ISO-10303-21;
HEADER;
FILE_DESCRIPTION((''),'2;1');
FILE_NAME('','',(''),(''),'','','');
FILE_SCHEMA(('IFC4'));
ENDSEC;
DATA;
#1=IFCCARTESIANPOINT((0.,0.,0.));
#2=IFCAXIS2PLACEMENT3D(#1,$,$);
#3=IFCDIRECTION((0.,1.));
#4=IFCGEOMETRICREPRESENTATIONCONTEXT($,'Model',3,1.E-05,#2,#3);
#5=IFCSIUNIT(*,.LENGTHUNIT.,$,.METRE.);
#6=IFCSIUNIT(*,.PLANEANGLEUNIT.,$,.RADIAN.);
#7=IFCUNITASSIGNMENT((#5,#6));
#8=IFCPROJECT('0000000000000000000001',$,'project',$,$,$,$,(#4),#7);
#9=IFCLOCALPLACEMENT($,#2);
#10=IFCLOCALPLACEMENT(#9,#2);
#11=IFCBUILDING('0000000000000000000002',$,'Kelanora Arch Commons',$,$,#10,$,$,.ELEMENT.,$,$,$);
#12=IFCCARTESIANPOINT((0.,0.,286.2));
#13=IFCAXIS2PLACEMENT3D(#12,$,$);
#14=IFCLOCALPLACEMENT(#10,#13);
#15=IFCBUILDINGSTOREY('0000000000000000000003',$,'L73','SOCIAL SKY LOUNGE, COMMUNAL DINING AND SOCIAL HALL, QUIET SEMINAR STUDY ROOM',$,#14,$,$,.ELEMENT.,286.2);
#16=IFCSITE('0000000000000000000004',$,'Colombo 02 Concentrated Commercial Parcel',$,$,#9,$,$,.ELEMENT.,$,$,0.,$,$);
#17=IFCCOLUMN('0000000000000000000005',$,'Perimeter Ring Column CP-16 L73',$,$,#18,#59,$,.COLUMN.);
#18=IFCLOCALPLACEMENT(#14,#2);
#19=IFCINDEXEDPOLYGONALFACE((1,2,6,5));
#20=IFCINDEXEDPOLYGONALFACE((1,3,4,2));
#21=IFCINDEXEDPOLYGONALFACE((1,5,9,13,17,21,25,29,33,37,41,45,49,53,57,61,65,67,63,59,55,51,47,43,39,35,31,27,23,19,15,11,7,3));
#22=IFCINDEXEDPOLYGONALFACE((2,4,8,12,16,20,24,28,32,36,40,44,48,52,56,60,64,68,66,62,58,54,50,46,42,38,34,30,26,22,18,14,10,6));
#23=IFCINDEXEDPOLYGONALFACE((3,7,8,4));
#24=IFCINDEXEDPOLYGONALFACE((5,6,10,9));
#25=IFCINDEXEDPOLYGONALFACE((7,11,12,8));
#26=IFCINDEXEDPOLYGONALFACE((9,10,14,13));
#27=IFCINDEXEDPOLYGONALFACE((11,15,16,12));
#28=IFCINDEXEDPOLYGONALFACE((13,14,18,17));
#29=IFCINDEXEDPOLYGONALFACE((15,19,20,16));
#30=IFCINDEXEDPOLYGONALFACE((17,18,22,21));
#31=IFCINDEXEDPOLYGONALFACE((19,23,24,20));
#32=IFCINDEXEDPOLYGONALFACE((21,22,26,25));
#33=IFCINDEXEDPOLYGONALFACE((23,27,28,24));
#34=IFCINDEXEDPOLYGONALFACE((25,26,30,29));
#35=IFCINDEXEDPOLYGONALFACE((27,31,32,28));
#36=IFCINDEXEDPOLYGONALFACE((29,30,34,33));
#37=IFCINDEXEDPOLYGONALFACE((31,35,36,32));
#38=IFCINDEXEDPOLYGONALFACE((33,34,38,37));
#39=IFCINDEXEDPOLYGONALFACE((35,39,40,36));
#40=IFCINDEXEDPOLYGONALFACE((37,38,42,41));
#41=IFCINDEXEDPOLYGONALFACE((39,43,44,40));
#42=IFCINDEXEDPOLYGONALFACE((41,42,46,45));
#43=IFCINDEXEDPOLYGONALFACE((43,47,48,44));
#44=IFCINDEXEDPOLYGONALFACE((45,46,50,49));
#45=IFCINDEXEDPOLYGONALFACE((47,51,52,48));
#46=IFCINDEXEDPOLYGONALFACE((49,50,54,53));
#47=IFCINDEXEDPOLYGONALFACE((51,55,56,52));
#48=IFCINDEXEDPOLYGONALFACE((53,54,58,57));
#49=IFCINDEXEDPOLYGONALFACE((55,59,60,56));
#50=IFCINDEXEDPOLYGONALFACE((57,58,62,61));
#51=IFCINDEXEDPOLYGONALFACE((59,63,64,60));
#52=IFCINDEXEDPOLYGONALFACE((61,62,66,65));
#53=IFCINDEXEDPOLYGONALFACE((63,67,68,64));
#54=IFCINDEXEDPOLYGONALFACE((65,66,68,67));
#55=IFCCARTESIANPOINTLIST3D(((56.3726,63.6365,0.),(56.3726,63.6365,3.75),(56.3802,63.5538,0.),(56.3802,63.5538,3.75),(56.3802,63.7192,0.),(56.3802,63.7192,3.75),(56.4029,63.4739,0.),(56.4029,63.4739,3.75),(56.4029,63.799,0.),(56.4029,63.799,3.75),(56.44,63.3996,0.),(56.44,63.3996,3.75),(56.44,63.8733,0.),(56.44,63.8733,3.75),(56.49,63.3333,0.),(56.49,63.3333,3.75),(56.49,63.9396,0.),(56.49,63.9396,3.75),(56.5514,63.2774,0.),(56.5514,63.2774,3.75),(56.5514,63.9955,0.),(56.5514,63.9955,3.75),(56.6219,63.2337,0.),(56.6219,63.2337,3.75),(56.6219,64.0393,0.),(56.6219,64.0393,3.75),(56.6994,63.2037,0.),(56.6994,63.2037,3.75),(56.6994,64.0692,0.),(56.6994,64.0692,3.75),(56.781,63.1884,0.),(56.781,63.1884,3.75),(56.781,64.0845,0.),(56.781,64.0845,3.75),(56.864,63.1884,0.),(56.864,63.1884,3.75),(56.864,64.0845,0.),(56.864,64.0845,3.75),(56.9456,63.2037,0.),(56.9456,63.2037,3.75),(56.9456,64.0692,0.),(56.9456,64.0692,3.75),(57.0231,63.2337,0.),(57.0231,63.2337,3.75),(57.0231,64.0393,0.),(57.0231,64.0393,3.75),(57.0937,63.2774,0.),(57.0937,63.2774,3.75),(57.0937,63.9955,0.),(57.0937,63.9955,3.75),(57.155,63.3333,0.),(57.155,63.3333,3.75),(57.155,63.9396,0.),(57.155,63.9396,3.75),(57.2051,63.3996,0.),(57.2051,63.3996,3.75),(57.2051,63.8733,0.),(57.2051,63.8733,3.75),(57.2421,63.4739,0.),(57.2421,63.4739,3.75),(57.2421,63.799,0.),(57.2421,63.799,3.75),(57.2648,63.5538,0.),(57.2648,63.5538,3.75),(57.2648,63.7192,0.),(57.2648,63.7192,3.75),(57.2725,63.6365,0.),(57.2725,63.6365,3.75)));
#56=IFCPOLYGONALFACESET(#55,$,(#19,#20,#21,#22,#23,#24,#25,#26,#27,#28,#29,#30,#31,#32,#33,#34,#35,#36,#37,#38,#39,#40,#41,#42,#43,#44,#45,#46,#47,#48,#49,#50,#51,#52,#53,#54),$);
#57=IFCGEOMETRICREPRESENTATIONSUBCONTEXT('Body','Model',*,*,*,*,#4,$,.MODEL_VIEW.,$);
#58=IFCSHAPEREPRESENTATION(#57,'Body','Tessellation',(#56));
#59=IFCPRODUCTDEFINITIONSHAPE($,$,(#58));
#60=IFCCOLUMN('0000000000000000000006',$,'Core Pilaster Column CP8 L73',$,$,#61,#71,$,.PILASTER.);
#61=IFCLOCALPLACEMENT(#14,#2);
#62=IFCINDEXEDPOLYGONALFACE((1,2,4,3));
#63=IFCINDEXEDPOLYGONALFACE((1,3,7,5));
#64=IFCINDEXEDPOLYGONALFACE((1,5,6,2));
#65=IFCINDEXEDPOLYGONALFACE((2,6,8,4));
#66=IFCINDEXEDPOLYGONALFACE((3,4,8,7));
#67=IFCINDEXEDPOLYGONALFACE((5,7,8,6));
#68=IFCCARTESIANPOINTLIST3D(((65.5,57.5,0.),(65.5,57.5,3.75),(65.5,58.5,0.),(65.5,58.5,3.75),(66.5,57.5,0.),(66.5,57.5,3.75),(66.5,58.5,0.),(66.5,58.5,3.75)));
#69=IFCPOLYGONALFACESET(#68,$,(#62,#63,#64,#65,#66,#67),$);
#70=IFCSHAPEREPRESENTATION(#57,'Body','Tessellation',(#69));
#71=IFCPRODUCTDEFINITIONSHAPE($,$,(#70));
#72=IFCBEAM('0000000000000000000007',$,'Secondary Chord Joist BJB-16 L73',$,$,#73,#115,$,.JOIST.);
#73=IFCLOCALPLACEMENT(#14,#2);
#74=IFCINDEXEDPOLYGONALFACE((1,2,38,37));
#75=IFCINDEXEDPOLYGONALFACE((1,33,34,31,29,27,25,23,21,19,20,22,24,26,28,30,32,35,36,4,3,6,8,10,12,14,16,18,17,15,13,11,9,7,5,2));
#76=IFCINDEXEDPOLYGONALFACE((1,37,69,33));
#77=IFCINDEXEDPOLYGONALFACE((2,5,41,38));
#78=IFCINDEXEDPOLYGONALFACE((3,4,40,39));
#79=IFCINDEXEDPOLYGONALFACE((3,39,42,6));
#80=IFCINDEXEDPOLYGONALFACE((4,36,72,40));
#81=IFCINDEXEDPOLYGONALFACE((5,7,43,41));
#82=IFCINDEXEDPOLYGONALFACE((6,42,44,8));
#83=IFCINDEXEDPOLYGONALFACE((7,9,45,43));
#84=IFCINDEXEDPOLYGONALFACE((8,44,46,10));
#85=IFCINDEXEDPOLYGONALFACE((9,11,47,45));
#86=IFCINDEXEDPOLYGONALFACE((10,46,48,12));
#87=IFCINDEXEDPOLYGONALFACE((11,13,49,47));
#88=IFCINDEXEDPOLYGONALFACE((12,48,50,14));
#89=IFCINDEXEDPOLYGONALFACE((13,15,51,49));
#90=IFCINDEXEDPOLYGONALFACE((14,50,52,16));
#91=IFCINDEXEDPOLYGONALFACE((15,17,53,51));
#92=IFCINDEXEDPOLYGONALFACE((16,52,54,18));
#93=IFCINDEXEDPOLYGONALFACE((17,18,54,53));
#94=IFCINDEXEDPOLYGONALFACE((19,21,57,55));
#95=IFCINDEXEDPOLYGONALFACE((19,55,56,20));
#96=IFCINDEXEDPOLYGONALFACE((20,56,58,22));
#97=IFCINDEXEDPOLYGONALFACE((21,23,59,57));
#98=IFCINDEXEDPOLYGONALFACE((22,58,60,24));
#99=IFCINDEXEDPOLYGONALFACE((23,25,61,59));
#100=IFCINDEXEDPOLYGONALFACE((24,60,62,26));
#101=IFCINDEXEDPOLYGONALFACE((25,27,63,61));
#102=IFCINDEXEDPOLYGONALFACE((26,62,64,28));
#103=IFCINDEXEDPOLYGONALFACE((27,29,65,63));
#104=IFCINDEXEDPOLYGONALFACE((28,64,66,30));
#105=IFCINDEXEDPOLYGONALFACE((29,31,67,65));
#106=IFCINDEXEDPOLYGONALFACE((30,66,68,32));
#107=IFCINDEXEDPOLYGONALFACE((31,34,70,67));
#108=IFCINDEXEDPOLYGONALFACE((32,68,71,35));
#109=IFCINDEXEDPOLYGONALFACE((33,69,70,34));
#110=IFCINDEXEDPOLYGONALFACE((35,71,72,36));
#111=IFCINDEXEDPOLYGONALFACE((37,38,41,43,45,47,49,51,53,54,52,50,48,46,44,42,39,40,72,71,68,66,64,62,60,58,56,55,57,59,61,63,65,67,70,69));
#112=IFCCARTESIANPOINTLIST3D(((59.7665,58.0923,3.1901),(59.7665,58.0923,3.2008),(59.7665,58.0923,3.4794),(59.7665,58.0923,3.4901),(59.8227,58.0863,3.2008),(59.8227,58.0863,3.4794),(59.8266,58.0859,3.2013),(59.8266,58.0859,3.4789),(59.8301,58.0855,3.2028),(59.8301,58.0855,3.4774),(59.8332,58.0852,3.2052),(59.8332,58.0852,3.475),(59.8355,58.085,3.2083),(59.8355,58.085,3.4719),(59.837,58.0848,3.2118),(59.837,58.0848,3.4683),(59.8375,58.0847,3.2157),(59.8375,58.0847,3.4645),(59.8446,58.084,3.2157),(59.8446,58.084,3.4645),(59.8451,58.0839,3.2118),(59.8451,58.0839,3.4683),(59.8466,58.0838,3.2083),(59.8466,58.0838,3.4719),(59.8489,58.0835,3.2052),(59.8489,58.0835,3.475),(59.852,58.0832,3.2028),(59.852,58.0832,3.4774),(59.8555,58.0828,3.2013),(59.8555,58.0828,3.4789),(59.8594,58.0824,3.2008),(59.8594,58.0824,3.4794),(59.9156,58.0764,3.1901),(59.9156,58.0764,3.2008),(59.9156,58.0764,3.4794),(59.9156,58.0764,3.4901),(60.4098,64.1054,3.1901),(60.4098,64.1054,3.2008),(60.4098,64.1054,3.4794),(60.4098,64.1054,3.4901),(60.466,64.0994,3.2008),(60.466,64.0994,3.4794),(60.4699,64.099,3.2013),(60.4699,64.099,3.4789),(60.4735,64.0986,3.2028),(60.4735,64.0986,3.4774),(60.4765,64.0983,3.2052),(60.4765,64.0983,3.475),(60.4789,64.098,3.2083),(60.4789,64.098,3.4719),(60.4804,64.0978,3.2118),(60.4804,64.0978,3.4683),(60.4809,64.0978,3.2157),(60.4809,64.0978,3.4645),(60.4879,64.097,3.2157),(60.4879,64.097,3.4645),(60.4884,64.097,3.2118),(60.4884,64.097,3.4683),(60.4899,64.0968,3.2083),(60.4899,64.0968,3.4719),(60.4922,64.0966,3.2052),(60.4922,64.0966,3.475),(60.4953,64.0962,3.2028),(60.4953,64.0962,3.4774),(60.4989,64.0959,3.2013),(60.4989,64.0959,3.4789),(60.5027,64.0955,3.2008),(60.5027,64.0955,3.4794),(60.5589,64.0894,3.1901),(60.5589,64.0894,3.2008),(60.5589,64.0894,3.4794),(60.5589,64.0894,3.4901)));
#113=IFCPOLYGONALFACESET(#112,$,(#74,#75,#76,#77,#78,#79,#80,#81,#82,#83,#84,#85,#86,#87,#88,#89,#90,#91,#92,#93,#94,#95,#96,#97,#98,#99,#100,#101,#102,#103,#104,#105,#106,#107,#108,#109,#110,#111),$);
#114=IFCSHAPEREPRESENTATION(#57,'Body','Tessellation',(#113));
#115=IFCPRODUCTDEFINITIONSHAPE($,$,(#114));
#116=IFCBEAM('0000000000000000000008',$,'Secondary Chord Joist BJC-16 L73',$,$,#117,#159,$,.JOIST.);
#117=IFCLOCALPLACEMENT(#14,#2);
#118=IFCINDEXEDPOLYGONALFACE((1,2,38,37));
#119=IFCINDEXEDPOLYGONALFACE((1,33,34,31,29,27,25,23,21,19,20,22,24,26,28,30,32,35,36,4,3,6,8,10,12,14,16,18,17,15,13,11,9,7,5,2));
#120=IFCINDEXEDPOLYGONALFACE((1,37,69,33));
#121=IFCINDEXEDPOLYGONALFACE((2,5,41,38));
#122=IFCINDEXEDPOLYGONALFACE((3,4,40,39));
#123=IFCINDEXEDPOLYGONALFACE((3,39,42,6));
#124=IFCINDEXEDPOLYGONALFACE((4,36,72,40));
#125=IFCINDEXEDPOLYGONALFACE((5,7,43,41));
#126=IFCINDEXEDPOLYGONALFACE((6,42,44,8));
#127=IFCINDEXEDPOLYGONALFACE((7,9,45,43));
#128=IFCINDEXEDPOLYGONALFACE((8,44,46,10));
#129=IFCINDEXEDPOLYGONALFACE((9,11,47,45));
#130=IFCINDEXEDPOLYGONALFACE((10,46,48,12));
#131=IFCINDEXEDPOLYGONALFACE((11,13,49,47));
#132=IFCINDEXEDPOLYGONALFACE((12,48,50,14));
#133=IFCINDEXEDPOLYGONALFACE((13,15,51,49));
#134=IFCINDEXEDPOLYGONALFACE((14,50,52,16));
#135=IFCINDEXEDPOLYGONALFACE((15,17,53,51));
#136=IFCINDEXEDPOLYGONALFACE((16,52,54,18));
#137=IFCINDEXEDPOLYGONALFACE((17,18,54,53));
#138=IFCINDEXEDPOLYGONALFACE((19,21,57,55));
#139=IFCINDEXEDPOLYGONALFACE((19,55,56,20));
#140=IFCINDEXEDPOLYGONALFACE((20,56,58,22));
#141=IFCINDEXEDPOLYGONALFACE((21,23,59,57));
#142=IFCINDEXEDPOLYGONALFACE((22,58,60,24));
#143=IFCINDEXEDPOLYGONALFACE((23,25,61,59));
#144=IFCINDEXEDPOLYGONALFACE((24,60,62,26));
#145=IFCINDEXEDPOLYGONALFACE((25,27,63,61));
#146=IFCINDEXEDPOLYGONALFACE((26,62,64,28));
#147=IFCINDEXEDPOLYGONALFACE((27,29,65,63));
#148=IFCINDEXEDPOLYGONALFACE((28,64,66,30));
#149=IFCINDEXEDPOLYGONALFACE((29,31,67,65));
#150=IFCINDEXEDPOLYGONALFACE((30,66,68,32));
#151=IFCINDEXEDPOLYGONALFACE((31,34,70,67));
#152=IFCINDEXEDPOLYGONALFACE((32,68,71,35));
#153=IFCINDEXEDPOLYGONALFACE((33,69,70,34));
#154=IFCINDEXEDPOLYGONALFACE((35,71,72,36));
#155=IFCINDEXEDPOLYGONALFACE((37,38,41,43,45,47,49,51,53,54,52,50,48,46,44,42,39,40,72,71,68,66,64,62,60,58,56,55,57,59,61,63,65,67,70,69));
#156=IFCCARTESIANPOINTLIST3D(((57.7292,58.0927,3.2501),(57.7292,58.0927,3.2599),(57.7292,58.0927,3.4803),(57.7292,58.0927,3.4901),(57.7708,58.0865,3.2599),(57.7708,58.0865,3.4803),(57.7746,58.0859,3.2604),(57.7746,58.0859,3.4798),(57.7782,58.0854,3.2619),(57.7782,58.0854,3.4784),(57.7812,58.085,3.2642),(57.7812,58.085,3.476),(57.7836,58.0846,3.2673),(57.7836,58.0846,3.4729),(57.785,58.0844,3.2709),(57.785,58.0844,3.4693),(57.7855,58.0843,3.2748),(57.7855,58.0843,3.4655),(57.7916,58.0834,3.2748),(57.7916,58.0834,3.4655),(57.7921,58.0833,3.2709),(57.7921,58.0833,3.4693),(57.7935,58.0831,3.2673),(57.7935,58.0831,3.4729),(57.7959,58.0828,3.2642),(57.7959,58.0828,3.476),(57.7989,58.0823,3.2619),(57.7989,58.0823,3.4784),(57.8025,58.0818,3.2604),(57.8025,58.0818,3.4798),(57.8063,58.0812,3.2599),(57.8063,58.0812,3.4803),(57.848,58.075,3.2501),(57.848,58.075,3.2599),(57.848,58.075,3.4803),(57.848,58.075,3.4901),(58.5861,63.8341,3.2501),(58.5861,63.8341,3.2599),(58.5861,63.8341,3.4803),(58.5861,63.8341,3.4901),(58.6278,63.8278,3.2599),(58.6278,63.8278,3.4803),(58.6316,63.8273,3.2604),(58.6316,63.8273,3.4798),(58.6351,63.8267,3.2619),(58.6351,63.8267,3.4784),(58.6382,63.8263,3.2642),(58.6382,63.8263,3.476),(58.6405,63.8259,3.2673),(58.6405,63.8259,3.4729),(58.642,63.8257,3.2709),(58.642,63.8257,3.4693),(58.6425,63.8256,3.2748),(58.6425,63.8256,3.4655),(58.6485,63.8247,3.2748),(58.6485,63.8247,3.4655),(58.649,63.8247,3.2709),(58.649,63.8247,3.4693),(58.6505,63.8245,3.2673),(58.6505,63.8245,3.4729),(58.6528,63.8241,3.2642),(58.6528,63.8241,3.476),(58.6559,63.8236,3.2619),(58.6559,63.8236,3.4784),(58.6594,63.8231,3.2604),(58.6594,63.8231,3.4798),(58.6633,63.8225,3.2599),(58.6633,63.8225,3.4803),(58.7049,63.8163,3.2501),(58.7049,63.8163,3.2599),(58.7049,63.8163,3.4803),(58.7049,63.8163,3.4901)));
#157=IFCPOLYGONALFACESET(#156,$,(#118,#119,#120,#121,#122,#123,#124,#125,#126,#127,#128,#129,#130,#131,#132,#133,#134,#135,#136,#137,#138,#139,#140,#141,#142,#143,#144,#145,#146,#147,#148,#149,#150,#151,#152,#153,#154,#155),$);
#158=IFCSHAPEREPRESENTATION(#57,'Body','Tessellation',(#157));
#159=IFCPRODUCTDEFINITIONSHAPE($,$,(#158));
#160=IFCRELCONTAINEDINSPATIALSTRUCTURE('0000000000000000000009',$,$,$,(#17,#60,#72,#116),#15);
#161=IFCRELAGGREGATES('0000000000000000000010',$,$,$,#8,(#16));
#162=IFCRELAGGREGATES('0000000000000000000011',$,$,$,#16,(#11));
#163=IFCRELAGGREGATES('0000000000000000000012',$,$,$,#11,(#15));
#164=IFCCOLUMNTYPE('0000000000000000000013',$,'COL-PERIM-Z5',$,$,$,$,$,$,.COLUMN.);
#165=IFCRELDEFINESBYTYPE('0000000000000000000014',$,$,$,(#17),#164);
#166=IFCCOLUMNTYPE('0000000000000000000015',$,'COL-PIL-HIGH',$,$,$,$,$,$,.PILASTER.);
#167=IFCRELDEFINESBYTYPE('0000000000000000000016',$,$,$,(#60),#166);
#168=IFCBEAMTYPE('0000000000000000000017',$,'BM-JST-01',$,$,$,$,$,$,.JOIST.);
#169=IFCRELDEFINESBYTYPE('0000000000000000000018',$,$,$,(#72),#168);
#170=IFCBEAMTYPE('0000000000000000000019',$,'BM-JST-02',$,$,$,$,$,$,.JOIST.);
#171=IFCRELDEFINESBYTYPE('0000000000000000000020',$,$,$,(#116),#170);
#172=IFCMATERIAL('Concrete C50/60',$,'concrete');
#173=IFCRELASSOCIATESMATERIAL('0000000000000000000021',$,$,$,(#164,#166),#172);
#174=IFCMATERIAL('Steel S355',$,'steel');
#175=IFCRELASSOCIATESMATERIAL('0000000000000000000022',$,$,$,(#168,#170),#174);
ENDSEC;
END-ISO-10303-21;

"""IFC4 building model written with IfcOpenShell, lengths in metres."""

from ifc_helpers import new_model, si_unit, direction, frame, origin, origin_2d, place, context, subcontext, project, spatial, rectangle, circle, i_section, extrude, material, material_profile, profile_set, type_object, element, save


model = new_model("IFC4")

# Units and contexts
model_context = context("Model", 3, precision=1e-05, world=origin(), true_north=direction((0.0, 1.0)))
body_context = subcontext(model_context, "Body", "Model", "MODEL_VIEW")
ifc_project = project(units=[si_unit("LENGTHUNIT", "METRE"), si_unit("PLANEANGLEUNIT", "RADIAN")], contexts=[model_context])

# Site, building, storey
site_placement = place(None, origin())
site = spatial("IfcSite", under=ifc_project, at=site_placement, Name="Colombo 02 Concentrated Commercial Parcel", CompositionType="ELEMENT", RefElevation=0.0)
building_placement = place(site_placement, origin())
building = spatial("IfcBuilding", under=site, at=building_placement, Name="Kelanora Arch Commons", CompositionType="ELEMENT")
storey_placement = place(building_placement, frame((0.0, 0.0, 286.2)))
storey = spatial("IfcBuildingStorey", under=building, at=storey_placement, Name="L73", Description="SOCIAL SKY LOUNGE, COMMUNAL DINING AND SOCIAL HALL, QUIET SEMINAR STUDY ROOM", CompositionType="ELEMENT", Elevation=286.2)

# Columns
ifc_material_1 = material(Name="Concrete C50/60", Category="concrete")
ifc_material_profile_1 = material_profile(ifc_material_1, circle(Radius=0.45, at=origin_2d()), Name="RCC900")
ifc_profile_set_1 = profile_set([ifc_material_profile_1], Name="Concrete C50/60")
column_type_1 = type_object("IfcColumnType", Name="COL-PERIM-Z5", PredefinedType="COLUMN", material=ifc_profile_set_1)
column_1_placement = place(storey_placement, frame((56.8225, 63.6365, 0.0), z_axis=(0.0, 0.0, 1.0), x_axis=(1.0, 0.0, 0.0)))
element("IfcColumn", 1, at=column_1_placement, inside=storey, type_object=column_type_1, Name="Perimeter Ring Column CP-16 L73", PredefinedType="COLUMN", context=body_context, shape_type="SweptSolid", body=[
    extrude(circle(Radius=0.45, at=origin_2d()), origin(), (0.0, 0.0, 1.0), 3.75),
])
ifc_material_profile_2 = material_profile(ifc_material_1, rectangle(XDim=1.0, YDim=1.0, at=origin_2d()), Name="RC1000x1000")
ifc_profile_set_2 = profile_set([ifc_material_profile_2], Name="Concrete C50/60")
column_type_2 = type_object("IfcColumnType", Name="COL-PIL-HIGH", PredefinedType="PILASTER", material=ifc_profile_set_2)
column_2_placement = place(storey_placement, frame((66.0, 58.0, 0.0), z_axis=(0.0, 0.0, 1.0), x_axis=(1.0, 0.0, 0.0)))
element("IfcColumn", 2, at=column_2_placement, inside=storey, type_object=column_type_2, Name="Core Pilaster Column CP8 L73", PredefinedType="PILASTER", context=body_context, shape_type="SweptSolid", body=[
    extrude(rectangle(XDim=1.0, YDim=1.0, at=origin_2d()), origin(), (0.0, 0.0, 1.0), 3.75),
])

# Beams
ifc_material_2 = material(Name="Steel S355", Category="steel")
ifc_material_profile_3 = material_profile(ifc_material_2, i_section(OverallWidth=0.1499, OverallDepth=0.3, WebThickness=0.0071, FlangeThickness=0.0107, FilletRadius=0.0149, at=origin_2d()), Name="IPE300")
ifc_profile_set_3 = profile_set([ifc_material_profile_3], Name="Steel S355")
beam_type_1 = type_object("IfcBeamType", Name="BM-JST-01", PredefinedType="JOIST", material=ifc_profile_set_3)
beam_1_placement = place(storey_placement, frame((60.4844, 64.0974, 3.3401), z_axis=(-0.106381, -0.994325, 0.0), x_axis=(0.994325, -0.106381, 0.0)))
element("IfcBeam", 3, at=beam_1_placement, inside=storey, type_object=beam_type_1, Name="Secondary Chord Joist BJB-16 L73", PredefinedType="JOIST", context=body_context, shape_type="SweptSolid", body=[
    extrude(i_section(OverallWidth=0.1499, OverallDepth=0.3, WebThickness=0.0071, FlangeThickness=0.0107, FilletRadius=0.0149, at=origin_2d()), origin(), (0.0, 0.0, 1.0), 6.0474),
])
ifc_material_profile_4 = material_profile(ifc_material_2, i_section(OverallWidth=0.1201, OverallDepth=0.24, WebThickness=0.0061, FlangeThickness=0.0098, FilletRadius=0.0149, at=origin_2d()), Name="IPE240")
ifc_profile_set_4 = profile_set([ifc_material_profile_4], Name="Steel S355")
beam_type_2 = type_object("IfcBeamType", Name="BM-JST-02", PredefinedType="JOIST", material=ifc_profile_set_4)
beam_2_placement = place(storey_placement, frame((58.6455, 63.8252, 3.3701), z_axis=(-0.147625, -0.989043, 0.0), x_axis=(0.989043, -0.147625, 0.0)))
element("IfcBeam", 4, at=beam_2_placement, inside=storey, type_object=beam_type_2, Name="Secondary Chord Joist BJC-16 L73", PredefinedType="JOIST", context=body_context, shape_type="SweptSolid", body=[
    extrude(i_section(OverallWidth=0.1201, OverallDepth=0.24, WebThickness=0.0061, FlangeThickness=0.0098, FilletRadius=0.0149, at=origin_2d()), origin(), (0.0, 0.0, 1.0), 5.8049),
])

save(model, "model.ifc")
